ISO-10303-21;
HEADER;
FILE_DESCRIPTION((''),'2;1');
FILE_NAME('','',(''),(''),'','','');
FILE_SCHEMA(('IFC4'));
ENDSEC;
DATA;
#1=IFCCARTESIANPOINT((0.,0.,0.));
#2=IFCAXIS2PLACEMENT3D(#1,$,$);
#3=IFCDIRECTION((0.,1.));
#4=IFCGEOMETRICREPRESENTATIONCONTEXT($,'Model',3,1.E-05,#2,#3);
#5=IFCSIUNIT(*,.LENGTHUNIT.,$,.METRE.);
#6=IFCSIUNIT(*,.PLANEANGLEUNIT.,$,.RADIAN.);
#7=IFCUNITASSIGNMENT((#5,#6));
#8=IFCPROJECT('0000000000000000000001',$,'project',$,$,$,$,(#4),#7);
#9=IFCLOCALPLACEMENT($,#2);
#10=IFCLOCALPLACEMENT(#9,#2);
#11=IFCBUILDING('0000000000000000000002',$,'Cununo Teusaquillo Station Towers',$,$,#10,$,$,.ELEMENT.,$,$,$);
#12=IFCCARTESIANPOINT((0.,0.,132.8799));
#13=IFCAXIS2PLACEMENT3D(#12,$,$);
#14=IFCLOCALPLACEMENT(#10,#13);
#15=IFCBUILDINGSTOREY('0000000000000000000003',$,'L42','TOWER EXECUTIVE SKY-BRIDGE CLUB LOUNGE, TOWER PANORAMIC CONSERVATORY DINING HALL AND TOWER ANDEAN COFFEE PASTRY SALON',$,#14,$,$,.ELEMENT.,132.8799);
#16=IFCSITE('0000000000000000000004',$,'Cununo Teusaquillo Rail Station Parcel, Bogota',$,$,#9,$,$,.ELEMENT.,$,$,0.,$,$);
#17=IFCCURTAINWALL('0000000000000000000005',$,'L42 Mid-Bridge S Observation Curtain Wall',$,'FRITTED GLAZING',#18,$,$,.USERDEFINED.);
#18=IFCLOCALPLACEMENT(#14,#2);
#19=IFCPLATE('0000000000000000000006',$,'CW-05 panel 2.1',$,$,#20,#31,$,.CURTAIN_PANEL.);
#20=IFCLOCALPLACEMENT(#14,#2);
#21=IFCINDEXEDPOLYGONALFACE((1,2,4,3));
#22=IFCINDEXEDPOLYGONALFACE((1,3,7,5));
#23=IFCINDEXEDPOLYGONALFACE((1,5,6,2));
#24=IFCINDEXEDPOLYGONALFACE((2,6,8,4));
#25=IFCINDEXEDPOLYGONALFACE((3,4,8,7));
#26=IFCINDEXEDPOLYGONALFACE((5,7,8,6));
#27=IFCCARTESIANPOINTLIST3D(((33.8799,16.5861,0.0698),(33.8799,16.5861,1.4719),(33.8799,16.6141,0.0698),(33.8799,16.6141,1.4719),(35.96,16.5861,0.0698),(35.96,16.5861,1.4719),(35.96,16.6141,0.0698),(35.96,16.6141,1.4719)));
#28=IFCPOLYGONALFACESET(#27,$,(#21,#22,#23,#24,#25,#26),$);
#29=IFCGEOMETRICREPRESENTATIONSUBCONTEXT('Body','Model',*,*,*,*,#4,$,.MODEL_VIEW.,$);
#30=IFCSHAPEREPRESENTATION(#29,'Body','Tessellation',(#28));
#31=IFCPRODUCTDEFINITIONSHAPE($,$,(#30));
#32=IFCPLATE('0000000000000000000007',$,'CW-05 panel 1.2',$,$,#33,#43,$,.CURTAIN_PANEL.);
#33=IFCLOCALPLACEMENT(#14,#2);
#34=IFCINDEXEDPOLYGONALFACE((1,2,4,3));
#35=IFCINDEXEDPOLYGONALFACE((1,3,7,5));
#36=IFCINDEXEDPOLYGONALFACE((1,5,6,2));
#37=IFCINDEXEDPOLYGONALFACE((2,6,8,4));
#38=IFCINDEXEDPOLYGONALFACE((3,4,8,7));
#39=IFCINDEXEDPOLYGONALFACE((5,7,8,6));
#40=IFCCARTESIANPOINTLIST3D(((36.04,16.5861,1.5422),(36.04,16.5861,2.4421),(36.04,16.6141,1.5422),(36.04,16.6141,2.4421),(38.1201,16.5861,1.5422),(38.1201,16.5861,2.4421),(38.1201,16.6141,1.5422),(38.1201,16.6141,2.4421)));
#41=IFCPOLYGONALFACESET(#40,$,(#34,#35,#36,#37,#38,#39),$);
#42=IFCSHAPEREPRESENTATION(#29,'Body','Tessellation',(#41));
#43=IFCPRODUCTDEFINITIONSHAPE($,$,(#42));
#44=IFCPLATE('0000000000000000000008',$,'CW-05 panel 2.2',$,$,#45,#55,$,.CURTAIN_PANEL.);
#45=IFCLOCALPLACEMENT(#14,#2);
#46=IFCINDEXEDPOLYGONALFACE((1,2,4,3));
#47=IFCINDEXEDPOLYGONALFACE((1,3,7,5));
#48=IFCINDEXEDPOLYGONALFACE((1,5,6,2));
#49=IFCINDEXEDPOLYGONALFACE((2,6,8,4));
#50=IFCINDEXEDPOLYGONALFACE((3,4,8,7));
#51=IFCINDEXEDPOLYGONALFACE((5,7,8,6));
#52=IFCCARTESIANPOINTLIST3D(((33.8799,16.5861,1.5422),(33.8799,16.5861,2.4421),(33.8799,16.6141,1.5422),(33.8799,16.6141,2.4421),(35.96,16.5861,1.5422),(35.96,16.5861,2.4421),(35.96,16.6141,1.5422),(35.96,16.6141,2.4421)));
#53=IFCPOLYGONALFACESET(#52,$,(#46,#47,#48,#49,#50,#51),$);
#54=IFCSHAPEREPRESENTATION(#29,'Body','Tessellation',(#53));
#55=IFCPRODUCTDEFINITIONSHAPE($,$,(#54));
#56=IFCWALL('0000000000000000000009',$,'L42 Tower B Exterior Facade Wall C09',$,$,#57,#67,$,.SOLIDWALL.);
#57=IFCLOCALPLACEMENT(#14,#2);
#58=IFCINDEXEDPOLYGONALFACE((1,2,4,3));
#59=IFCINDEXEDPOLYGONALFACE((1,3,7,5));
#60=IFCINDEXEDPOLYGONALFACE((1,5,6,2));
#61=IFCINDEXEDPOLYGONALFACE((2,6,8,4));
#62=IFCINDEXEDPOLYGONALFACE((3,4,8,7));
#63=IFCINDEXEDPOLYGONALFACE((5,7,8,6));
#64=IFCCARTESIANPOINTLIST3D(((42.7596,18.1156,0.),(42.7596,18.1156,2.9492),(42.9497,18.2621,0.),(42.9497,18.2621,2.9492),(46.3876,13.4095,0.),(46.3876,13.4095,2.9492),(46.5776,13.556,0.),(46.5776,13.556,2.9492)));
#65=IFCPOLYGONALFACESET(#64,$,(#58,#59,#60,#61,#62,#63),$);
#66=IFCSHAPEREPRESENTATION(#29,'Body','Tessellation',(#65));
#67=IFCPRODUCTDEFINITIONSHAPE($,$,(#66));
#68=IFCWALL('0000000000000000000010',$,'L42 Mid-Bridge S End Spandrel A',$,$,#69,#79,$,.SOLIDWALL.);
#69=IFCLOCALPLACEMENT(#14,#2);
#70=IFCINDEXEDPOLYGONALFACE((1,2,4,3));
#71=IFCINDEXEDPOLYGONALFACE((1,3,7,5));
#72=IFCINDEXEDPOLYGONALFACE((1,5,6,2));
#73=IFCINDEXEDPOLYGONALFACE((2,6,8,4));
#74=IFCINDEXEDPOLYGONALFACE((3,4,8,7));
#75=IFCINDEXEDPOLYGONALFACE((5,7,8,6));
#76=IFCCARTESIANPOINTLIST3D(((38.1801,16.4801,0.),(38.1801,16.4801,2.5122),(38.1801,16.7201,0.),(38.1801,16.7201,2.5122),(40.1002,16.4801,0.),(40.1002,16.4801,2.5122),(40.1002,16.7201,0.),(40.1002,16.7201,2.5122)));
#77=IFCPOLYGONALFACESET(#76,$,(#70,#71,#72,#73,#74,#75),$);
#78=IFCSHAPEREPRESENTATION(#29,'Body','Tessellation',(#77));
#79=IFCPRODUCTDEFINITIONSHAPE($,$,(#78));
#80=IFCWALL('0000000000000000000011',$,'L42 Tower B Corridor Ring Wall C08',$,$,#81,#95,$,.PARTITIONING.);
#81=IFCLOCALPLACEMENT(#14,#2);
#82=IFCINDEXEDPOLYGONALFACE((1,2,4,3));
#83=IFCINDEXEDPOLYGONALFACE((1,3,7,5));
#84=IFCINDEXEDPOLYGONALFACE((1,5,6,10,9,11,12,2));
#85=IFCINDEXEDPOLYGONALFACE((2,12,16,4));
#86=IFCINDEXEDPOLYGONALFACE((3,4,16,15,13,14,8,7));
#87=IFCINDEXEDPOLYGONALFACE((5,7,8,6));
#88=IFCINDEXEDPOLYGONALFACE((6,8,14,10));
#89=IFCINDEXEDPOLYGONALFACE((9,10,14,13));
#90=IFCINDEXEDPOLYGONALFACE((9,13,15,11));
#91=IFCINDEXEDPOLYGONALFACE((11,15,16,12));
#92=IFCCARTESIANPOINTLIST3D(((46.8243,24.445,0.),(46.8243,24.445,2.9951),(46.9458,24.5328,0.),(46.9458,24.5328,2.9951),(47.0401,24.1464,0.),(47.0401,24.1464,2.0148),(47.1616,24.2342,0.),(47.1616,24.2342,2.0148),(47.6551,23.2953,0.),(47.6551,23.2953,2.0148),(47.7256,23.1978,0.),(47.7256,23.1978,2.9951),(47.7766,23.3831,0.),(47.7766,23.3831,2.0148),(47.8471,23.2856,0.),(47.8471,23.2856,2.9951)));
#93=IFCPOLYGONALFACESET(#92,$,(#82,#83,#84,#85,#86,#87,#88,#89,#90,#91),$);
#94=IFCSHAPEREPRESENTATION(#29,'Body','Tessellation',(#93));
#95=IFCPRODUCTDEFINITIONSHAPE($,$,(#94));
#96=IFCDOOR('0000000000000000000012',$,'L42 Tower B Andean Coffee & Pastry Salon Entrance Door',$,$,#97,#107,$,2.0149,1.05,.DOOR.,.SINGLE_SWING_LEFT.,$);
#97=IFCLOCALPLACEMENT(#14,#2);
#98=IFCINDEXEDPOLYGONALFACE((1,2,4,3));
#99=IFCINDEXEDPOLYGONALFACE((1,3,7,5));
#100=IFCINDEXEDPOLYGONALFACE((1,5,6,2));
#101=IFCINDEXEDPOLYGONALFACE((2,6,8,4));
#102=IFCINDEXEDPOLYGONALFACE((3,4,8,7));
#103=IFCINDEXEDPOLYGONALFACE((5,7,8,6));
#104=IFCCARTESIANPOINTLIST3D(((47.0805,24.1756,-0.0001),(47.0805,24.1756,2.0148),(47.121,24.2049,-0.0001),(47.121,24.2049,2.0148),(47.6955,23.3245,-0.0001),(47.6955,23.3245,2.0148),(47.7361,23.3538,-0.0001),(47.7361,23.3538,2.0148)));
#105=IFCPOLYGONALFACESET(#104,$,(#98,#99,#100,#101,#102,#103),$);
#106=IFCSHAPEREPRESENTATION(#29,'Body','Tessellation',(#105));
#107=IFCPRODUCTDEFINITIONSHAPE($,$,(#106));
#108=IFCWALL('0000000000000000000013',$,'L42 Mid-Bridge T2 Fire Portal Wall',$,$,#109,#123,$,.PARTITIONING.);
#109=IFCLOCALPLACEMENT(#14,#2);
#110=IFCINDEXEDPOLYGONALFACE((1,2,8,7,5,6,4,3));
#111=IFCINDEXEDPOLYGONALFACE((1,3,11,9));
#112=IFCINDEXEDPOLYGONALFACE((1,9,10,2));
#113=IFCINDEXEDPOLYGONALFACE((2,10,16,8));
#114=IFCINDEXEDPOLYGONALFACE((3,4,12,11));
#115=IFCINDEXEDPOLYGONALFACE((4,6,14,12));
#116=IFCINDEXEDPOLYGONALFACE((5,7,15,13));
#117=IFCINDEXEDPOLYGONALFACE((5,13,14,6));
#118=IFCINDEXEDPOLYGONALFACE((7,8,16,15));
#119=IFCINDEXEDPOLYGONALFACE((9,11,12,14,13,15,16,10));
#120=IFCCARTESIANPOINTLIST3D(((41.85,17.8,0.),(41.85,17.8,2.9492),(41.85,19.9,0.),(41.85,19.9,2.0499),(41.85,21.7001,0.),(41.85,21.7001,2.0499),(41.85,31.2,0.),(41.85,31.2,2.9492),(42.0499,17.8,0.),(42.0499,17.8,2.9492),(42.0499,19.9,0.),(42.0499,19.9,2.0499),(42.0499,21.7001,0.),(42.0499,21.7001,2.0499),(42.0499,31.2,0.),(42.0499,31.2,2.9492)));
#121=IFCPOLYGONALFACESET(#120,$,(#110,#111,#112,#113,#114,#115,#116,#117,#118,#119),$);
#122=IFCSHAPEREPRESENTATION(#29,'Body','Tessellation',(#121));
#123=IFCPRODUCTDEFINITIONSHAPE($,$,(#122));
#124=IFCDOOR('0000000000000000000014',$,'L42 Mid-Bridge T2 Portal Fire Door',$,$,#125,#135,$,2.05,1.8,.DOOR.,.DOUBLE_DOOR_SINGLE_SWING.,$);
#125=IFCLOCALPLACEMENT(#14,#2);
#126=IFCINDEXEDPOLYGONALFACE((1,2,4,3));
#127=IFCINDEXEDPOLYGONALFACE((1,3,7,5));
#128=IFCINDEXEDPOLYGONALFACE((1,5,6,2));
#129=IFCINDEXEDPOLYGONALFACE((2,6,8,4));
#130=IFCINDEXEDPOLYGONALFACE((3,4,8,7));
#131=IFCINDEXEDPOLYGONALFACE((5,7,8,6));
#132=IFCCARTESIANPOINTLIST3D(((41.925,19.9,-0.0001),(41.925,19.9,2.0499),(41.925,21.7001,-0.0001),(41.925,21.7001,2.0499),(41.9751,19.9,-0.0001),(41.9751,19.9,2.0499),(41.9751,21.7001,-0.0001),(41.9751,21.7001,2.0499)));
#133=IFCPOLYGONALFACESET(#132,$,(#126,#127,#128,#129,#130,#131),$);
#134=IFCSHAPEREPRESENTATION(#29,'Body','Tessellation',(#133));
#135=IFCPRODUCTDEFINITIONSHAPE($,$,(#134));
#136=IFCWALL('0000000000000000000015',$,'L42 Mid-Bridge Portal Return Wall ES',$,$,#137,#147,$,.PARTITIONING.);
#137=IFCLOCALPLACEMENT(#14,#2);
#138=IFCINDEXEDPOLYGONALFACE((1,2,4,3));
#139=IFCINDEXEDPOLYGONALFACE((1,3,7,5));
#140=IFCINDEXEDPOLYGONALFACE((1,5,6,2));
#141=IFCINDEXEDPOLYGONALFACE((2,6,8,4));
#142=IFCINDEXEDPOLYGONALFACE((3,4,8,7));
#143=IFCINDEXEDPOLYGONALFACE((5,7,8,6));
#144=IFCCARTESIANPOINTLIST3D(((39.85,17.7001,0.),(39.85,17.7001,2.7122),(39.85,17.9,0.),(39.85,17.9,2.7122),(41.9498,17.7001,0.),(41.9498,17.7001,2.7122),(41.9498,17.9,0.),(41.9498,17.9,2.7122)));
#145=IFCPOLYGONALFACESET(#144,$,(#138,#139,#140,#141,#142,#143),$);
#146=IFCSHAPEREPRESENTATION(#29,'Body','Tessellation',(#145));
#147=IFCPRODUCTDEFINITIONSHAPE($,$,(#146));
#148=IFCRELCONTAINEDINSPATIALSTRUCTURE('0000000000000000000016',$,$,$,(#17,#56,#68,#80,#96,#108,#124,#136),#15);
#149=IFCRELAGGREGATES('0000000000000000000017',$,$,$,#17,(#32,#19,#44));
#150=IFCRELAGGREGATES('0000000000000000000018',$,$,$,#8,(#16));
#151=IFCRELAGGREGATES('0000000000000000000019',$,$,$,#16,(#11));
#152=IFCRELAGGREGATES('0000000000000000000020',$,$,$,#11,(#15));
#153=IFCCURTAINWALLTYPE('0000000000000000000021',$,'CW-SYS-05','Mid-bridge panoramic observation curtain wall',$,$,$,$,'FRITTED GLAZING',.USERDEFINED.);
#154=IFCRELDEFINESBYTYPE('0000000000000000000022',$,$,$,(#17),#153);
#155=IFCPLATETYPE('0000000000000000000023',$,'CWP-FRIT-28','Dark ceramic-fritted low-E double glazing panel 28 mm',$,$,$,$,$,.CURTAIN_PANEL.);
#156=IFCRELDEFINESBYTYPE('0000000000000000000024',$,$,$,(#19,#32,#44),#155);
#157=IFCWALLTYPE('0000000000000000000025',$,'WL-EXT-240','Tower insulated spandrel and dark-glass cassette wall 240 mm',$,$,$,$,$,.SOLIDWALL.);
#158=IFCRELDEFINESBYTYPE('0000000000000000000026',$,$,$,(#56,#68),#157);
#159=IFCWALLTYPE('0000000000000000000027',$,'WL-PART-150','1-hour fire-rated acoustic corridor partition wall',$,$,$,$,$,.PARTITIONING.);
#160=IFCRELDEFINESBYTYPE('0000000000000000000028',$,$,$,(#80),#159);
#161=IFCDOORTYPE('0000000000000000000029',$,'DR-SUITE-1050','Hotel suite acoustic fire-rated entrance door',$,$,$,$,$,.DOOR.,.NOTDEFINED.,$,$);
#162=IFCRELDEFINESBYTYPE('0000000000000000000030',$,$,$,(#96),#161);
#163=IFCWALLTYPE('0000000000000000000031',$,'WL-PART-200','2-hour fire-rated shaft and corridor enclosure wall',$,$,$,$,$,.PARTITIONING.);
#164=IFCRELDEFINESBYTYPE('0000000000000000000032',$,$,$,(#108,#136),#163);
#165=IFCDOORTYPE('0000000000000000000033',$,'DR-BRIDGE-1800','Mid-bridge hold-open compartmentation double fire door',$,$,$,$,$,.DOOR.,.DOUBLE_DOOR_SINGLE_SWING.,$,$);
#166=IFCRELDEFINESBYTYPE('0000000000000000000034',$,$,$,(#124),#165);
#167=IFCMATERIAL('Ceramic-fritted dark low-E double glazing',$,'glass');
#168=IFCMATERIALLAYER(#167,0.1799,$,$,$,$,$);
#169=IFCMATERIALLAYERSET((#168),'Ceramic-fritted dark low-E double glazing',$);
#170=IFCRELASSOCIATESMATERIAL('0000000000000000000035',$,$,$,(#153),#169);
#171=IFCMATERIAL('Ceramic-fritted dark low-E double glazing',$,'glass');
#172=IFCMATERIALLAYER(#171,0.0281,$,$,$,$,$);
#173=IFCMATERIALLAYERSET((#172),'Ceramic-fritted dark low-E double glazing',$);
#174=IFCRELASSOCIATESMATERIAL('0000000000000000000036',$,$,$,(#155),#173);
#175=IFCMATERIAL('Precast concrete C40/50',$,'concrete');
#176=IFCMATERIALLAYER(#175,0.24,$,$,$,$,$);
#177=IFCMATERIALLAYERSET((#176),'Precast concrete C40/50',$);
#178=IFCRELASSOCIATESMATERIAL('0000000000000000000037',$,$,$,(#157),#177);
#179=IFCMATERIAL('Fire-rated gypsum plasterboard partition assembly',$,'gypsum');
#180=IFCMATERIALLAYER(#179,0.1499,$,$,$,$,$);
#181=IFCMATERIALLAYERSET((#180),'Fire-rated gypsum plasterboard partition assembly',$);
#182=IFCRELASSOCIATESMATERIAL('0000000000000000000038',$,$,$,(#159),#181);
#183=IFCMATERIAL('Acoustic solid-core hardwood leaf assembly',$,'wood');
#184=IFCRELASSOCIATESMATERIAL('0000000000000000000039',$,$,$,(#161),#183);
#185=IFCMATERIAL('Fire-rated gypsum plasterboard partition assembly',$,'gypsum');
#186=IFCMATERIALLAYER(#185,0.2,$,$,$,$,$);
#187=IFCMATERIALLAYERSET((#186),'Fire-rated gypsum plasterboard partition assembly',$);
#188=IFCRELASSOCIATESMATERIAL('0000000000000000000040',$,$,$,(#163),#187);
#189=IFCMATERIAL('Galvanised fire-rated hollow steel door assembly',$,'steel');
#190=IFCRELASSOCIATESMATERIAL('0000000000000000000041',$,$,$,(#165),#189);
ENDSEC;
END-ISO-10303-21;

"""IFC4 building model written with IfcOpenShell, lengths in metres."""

from ifc_helpers import new_model, si_unit, direction, frame, frame_2d, origin, origin_2d, place, context, subcontext, project, spatial, rectangle, extrude, source, transform, mapped, material, layer, layer_set, type_object, element, fill, aggregate, save


model = new_model("IFC4")

# Units and contexts
model_context = context("Model", 3, precision=1e-05, world=origin(), true_north=direction((0.0, 1.0)))
body_context = subcontext(model_context, "Body", "Model", "MODEL_VIEW")
ifc_project = project(units=[si_unit("LENGTHUNIT", "METRE"), si_unit("PLANEANGLEUNIT", "RADIAN")], contexts=[model_context])

# Site, building, storey
site_placement = place(None, origin())
site = spatial("IfcSite", under=ifc_project, at=site_placement, Name="Cununo Teusaquillo Rail Station Parcel, Bogota", CompositionType="ELEMENT", RefElevation=0.0)
building_placement = place(site_placement, origin())
building = spatial("IfcBuilding", under=site, at=building_placement, Name="Cununo Teusaquillo Station Towers", CompositionType="ELEMENT")
storey_placement = place(building_placement, frame((0.0, 0.0, 132.8799)))
storey = spatial("IfcBuildingStorey", under=building, at=storey_placement, Name="L42", Description="TOWER EXECUTIVE SKY-BRIDGE CLUB LOUNGE, TOWER PANORAMIC CONSERVATORY DINING HALL AND TOWER ANDEAN COFFEE PASTRY SALON", CompositionType="ELEMENT", Elevation=132.8799)

# Curtain wall
ifc_material_1 = material(Name="Ceramic-fritted dark low-E double glazing", Category="glass")
ifc_layer_1 = layer(ifc_material_1, 0.1799)
ifc_layer_set_1 = layer_set([ifc_layer_1], Name="Ceramic-fritted dark low-E double glazing")
curtain_wall_type = type_object("IfcCurtainWallType", Name="CW-SYS-05", Description="Mid-bridge panoramic observation curtain wall", ElementType="FRITTED GLAZING", PredefinedType="USERDEFINED", material=ifc_layer_set_1)
curtain_wall_placement = place(storey_placement, origin())
curtain_wall = element("IfcCurtainWall", 1, at=curtain_wall_placement, inside=storey, type_object=curtain_wall_type, Name="L42 Mid-Bridge S Observation Curtain Wall", ObjectType="FRITTED GLAZING", PredefinedType="USERDEFINED")

# Plates
ifc_material_2 = material(Name="Ceramic-fritted dark low-E double glazing", Category="glass")
ifc_layer_2 = layer(ifc_material_2, 0.0281)
ifc_layer_set_2 = layer_set([ifc_layer_2], Name="Ceramic-fritted dark low-E double glazing")
plate_type = type_object("IfcPlateType", Name="CWP-FRIT-28", Description="Dark ceramic-fritted low-E double glazing panel 28 mm", PredefinedType="CURTAIN_PANEL", material=ifc_layer_set_2)
shared_shape_1 = source(origin(), body_context, "Body", "SweptSolid", [
    extrude(rectangle(XDim=2.0801, YDim=0.0281, at=origin_2d()), origin(), (0.0, 0.0, 1.0), 1.4021),
])
plate_1_placement = place(storey_placement, frame((34.9199, 16.6001, 0.0698), z_axis=(0.0, 0.0, 1.0), x_axis=(-1.0, 0.0, 0.0)))
plate_1 = element("IfcPlate", 2, at=plate_1_placement, type_object=plate_type, Name="CW-05 panel 2.1", PredefinedType="CURTAIN_PANEL", context=body_context, shape_type="MappedRepresentation", body=[
    mapped(shared_shape_1, transform((0.0, 0.0, 0.0), x_axis=(1.0, 0.0, 0.0), y_axis=(0.0, 1.0, 0.0), z_axis=(0.0, 0.0, 1.0), scale=1.0)),
])
shared_shape_2 = source(origin(), body_context, "Body", "SweptSolid", [
    extrude(rectangle(XDim=2.0801, YDim=0.0281, at=origin_2d()), origin(), (0.0, 0.0, 1.0), 0.8999),
])
plate_2_placement = place(storey_placement, frame((37.0801, 16.6001, 1.5422), z_axis=(0.0, 0.0, 1.0), x_axis=(-1.0, 0.0, 0.0)))
plate_2 = element("IfcPlate", 3, at=plate_2_placement, type_object=plate_type, Name="CW-05 panel 1.2", PredefinedType="CURTAIN_PANEL", context=body_context, shape_type="MappedRepresentation", body=[
    mapped(shared_shape_2, transform((0.0, 0.0, 0.0), x_axis=(1.0, 0.0, 0.0), y_axis=(0.0, 1.0, 0.0), z_axis=(0.0, 0.0, 1.0), scale=1.0)),
])
plate_3_placement = place(storey_placement, frame((34.9199, 16.6001, 1.5422), z_axis=(0.0, 0.0, 1.0), x_axis=(-1.0, 0.0, 0.0)))
plate_3 = element("IfcPlate", 4, at=plate_3_placement, type_object=plate_type, Name="CW-05 panel 2.2", PredefinedType="CURTAIN_PANEL", context=body_context, shape_type="MappedRepresentation", body=[
    mapped(shared_shape_2, transform((0.0, 0.0, 0.0), x_axis=(1.0, 0.0, 0.0), y_axis=(0.0, 1.0, 0.0), z_axis=(0.0, 0.0, 1.0), scale=1.0)),
])
aggregate(curtain_wall, [plate_2, plate_1, plate_3])

# Walls
ifc_material_3 = material(Name="Precast concrete C40/50", Category="concrete")
ifc_layer_3 = layer(ifc_material_3, 0.24)
ifc_layer_set_3 = layer_set([ifc_layer_3], Name="Precast concrete C40/50")
wall_type_1 = type_object("IfcWallType", Name="WL-EXT-240", Description="Tower insulated spandrel and dark-glass cassette wall 240 mm", PredefinedType="SOLIDWALL", material=ifc_layer_set_3)
wall_1_placement = place(storey_placement, frame((46.4827, 13.4827, 0.0), z_axis=(0.0, 0.0, 1.0), x_axis=(-0.610544, 0.791982, 0.0)))
element("IfcWall", 5, at=wall_1_placement, inside=storey, type_object=wall_type_1, Name="L42 Tower B Exterior Facade Wall C09", PredefinedType="SOLIDWALL", context=body_context, shape_type="SweptSolid", body=[
    extrude(rectangle(XDim=5.9421, YDim=0.24, at=frame_2d((2.9712, 0.0))), origin(), (0.0, 0.0, 1.0), 2.9492),
])
wall_2_placement = place(storey_placement, frame((40.1001, 16.6001, 0.0), z_axis=(0.0, 0.0, 1.0), x_axis=(-1.0, 0.0, 0.0)))
element("IfcWall", 6, at=wall_2_placement, inside=storey, type_object=wall_type_1, Name="L42 Mid-Bridge S End Spandrel A", PredefinedType="SOLIDWALL", context=body_context, shape_type="SweptSolid", body=[
    extrude(rectangle(XDim=1.9202, YDim=0.24, at=frame_2d((0.96, 0.0))), origin(), (0.0, 0.0, 1.0), 2.5122),
])

# Walls, openings, doors
ifc_material_4 = material(Name="Fire-rated gypsum plasterboard partition assembly", Category="gypsum")
ifc_layer_4 = layer(ifc_material_4, 0.1499)
ifc_layer_set_4 = layer_set([ifc_layer_4], Name="Fire-rated gypsum plasterboard partition assembly")
wall_type_2 = type_object("IfcWallType", Name="WL-PART-150", Description="1-hour fire-rated acoustic corridor partition wall", PredefinedType="PARTITIONING", material=ifc_layer_set_4)
wall_3_placement = place(storey_placement, frame((46.885, 24.489, 0.0), z_axis=(0.0, 0.0, 1.0), x_axis=(0.585716, -0.810516, 0.0)))
wall_3 = element("IfcWall", 7, at=wall_3_placement, inside=storey, type_object=wall_type_2, Name="L42 Tower B Corridor Ring Wall C08", PredefinedType="PARTITIONING", context=body_context, shape_type="SweptSolid", body=[
    extrude(rectangle(XDim=1.5388, YDim=0.1499, at=frame_2d((0.7695, 0.0))), origin(), (0.0, 0.0, 1.0), 2.9951),
])
shared_shape_3 = source(origin(), body_context, "Body", "SweptSolid", [
    extrude(rectangle(XDim=1.05, YDim=2.0149, at=frame_2d((0.5249, 1.0073))), frame((0.0, 0.085, 0.0), z_axis=(0.0, -1.0, 0.0), x_axis=(1.0, 0.0, 0.0)), (0.0, 0.0, 1.0), 0.1699),
])
opening_1_placement = place(wall_3_placement, frame((0.3687, 0.0, 0.0)))
opening_1 = element("IfcOpeningElement", 8, at=opening_1_placement, cuts=wall_3, PredefinedType="OPENING", context=body_context, shape_type="MappedRepresentation", body=[
    mapped(shared_shape_3, transform((0.0, 0.0, 0.0), x_axis=(1.0, 0.0, 0.0), y_axis=(0.0, 1.0, 0.0), z_axis=(0.0, 0.0, 1.0), scale=1.0)),
])
ifc_material_5 = material(Name="Acoustic solid-core hardwood leaf assembly", Category="wood")
door_type_1 = type_object("IfcDoorType", Name="DR-SUITE-1050", Description="Hotel suite acoustic fire-rated entrance door", OperationType="NOTDEFINED", PredefinedType="DOOR", material=ifc_material_5)
shared_shape_4 = source(origin(), body_context, "Body", "SweptSolid", [
    extrude(rectangle(XDim=1.05, YDim=2.0149, at=frame_2d((0.5249, 1.0073))), frame((0.0, 0.0249, 0.0), z_axis=(0.0, -1.0, 0.0), x_axis=(1.0, 0.0, 0.0)), (0.0, 0.0, 1.0), 0.05),
])
door_1_placement = place(opening_1_placement, origin())
door_1 = element("IfcDoor", 9, at=door_1_placement, inside=storey, type_object=door_type_1, Name="L42 Tower B Andean Coffee & Pastry Salon Entrance Door", OperationType="SINGLE_SWING_LEFT", OverallHeight=2.0149, OverallWidth=1.05, PredefinedType="DOOR", context=body_context, shape_type="MappedRepresentation", body=[
    mapped(shared_shape_4, transform((0.0, 0.0, 0.0), x_axis=(1.0, 0.0, 0.0), y_axis=(0.0, 1.0, 0.0), z_axis=(0.0, 0.0, 1.0), scale=1.0)),
])
fill(opening_1, door_1)
ifc_material_6 = material(Name="Fire-rated gypsum plasterboard partition assembly", Category="gypsum")
ifc_layer_5 = layer(ifc_material_6, 0.2)
ifc_layer_set_5 = layer_set([ifc_layer_5], Name="Fire-rated gypsum plasterboard partition assembly")
wall_type_3 = type_object("IfcWallType", Name="WL-PART-200", Description="2-hour fire-rated shaft and corridor enclosure wall", PredefinedType="PARTITIONING", material=ifc_layer_set_5)
wall_4_placement = place(storey_placement, frame((41.95, 17.8, 0.0), z_axis=(0.0, 0.0, 1.0), x_axis=(0.0, 1.0, 0.0)))
wall_4 = element("IfcWall", 10, at=wall_4_placement, inside=storey, type_object=wall_type_3, Name="L42 Mid-Bridge T2 Fire Portal Wall", PredefinedType="PARTITIONING", context=body_context, shape_type="SweptSolid", body=[
    extrude(rectangle(XDim=13.3999, YDim=0.2, at=frame_2d((6.7, 0.0))), origin(), (0.0, 0.0, 1.0), 2.9492),
])
shared_shape_5 = source(origin(), body_context, "Body", "SweptSolid", [
    extrude(rectangle(XDim=1.8, YDim=2.05, at=frame_2d((0.8999, 1.0249))), frame((0.0, 0.1099, 0.0), z_axis=(0.0, -1.0, 0.0), x_axis=(1.0, 0.0, 0.0)), (0.0, 0.0, 1.0), 0.22),
])
opening_2_placement = place(wall_4_placement, frame((2.1001, 0.0, 0.0)))
opening_2 = element("IfcOpeningElement", 11, at=opening_2_placement, cuts=wall_4, PredefinedType="OPENING", context=body_context, shape_type="MappedRepresentation", body=[
    mapped(shared_shape_5, transform((0.0, 0.0, 0.0), x_axis=(1.0, 0.0, 0.0), y_axis=(0.0, 1.0, 0.0), z_axis=(0.0, 0.0, 1.0), scale=1.0)),
])
ifc_material_7 = material(Name="Galvanised fire-rated hollow steel door assembly", Category="steel")
door_type_2 = type_object("IfcDoorType", Name="DR-BRIDGE-1800", Description="Mid-bridge hold-open compartmentation double fire door", OperationType="DOUBLE_DOOR_SINGLE_SWING", PredefinedType="DOOR", material=ifc_material_7)
shared_shape_6 = source(origin(), body_context, "Body", "SweptSolid", [
    extrude(rectangle(XDim=1.8, YDim=2.05, at=frame_2d((0.8999, 1.0249))), frame((0.0, 0.0249, 0.0), z_axis=(0.0, -1.0, 0.0), x_axis=(1.0, 0.0, 0.0)), (0.0, 0.0, 1.0), 0.05),
])
door_2_placement = place(opening_2_placement, origin())
door_2 = element("IfcDoor", 12, at=door_2_placement, inside=storey, type_object=door_type_2, Name="L42 Mid-Bridge T2 Portal Fire Door", OperationType="DOUBLE_DOOR_SINGLE_SWING", OverallHeight=2.05, OverallWidth=1.8, PredefinedType="DOOR", context=body_context, shape_type="MappedRepresentation", body=[
    mapped(shared_shape_6, transform((0.0, 0.0, 0.0), x_axis=(1.0, 0.0, 0.0), y_axis=(0.0, 1.0, 0.0), z_axis=(0.0, 0.0, 1.0), scale=1.0)),
])
fill(opening_2, door_2)

# Wall
wall_5_placement = place(storey_placement, frame((39.8501, 17.8, 0.0), z_axis=(0.0, 0.0, 1.0), x_axis=(1.0, 0.0, 0.0)))
element("IfcWall", 13, at=wall_5_placement, inside=storey, type_object=wall_type_3, Name="L42 Mid-Bridge Portal Return Wall ES", PredefinedType="PARTITIONING", context=body_context, shape_type="SweptSolid", body=[
    extrude(rectangle(XDim=2.0999, YDim=0.2, at=frame_2d((1.0498, 0.0))), origin(), (0.0, 0.0, 1.0), 2.7122),
])

save(model, "model.ifc")
